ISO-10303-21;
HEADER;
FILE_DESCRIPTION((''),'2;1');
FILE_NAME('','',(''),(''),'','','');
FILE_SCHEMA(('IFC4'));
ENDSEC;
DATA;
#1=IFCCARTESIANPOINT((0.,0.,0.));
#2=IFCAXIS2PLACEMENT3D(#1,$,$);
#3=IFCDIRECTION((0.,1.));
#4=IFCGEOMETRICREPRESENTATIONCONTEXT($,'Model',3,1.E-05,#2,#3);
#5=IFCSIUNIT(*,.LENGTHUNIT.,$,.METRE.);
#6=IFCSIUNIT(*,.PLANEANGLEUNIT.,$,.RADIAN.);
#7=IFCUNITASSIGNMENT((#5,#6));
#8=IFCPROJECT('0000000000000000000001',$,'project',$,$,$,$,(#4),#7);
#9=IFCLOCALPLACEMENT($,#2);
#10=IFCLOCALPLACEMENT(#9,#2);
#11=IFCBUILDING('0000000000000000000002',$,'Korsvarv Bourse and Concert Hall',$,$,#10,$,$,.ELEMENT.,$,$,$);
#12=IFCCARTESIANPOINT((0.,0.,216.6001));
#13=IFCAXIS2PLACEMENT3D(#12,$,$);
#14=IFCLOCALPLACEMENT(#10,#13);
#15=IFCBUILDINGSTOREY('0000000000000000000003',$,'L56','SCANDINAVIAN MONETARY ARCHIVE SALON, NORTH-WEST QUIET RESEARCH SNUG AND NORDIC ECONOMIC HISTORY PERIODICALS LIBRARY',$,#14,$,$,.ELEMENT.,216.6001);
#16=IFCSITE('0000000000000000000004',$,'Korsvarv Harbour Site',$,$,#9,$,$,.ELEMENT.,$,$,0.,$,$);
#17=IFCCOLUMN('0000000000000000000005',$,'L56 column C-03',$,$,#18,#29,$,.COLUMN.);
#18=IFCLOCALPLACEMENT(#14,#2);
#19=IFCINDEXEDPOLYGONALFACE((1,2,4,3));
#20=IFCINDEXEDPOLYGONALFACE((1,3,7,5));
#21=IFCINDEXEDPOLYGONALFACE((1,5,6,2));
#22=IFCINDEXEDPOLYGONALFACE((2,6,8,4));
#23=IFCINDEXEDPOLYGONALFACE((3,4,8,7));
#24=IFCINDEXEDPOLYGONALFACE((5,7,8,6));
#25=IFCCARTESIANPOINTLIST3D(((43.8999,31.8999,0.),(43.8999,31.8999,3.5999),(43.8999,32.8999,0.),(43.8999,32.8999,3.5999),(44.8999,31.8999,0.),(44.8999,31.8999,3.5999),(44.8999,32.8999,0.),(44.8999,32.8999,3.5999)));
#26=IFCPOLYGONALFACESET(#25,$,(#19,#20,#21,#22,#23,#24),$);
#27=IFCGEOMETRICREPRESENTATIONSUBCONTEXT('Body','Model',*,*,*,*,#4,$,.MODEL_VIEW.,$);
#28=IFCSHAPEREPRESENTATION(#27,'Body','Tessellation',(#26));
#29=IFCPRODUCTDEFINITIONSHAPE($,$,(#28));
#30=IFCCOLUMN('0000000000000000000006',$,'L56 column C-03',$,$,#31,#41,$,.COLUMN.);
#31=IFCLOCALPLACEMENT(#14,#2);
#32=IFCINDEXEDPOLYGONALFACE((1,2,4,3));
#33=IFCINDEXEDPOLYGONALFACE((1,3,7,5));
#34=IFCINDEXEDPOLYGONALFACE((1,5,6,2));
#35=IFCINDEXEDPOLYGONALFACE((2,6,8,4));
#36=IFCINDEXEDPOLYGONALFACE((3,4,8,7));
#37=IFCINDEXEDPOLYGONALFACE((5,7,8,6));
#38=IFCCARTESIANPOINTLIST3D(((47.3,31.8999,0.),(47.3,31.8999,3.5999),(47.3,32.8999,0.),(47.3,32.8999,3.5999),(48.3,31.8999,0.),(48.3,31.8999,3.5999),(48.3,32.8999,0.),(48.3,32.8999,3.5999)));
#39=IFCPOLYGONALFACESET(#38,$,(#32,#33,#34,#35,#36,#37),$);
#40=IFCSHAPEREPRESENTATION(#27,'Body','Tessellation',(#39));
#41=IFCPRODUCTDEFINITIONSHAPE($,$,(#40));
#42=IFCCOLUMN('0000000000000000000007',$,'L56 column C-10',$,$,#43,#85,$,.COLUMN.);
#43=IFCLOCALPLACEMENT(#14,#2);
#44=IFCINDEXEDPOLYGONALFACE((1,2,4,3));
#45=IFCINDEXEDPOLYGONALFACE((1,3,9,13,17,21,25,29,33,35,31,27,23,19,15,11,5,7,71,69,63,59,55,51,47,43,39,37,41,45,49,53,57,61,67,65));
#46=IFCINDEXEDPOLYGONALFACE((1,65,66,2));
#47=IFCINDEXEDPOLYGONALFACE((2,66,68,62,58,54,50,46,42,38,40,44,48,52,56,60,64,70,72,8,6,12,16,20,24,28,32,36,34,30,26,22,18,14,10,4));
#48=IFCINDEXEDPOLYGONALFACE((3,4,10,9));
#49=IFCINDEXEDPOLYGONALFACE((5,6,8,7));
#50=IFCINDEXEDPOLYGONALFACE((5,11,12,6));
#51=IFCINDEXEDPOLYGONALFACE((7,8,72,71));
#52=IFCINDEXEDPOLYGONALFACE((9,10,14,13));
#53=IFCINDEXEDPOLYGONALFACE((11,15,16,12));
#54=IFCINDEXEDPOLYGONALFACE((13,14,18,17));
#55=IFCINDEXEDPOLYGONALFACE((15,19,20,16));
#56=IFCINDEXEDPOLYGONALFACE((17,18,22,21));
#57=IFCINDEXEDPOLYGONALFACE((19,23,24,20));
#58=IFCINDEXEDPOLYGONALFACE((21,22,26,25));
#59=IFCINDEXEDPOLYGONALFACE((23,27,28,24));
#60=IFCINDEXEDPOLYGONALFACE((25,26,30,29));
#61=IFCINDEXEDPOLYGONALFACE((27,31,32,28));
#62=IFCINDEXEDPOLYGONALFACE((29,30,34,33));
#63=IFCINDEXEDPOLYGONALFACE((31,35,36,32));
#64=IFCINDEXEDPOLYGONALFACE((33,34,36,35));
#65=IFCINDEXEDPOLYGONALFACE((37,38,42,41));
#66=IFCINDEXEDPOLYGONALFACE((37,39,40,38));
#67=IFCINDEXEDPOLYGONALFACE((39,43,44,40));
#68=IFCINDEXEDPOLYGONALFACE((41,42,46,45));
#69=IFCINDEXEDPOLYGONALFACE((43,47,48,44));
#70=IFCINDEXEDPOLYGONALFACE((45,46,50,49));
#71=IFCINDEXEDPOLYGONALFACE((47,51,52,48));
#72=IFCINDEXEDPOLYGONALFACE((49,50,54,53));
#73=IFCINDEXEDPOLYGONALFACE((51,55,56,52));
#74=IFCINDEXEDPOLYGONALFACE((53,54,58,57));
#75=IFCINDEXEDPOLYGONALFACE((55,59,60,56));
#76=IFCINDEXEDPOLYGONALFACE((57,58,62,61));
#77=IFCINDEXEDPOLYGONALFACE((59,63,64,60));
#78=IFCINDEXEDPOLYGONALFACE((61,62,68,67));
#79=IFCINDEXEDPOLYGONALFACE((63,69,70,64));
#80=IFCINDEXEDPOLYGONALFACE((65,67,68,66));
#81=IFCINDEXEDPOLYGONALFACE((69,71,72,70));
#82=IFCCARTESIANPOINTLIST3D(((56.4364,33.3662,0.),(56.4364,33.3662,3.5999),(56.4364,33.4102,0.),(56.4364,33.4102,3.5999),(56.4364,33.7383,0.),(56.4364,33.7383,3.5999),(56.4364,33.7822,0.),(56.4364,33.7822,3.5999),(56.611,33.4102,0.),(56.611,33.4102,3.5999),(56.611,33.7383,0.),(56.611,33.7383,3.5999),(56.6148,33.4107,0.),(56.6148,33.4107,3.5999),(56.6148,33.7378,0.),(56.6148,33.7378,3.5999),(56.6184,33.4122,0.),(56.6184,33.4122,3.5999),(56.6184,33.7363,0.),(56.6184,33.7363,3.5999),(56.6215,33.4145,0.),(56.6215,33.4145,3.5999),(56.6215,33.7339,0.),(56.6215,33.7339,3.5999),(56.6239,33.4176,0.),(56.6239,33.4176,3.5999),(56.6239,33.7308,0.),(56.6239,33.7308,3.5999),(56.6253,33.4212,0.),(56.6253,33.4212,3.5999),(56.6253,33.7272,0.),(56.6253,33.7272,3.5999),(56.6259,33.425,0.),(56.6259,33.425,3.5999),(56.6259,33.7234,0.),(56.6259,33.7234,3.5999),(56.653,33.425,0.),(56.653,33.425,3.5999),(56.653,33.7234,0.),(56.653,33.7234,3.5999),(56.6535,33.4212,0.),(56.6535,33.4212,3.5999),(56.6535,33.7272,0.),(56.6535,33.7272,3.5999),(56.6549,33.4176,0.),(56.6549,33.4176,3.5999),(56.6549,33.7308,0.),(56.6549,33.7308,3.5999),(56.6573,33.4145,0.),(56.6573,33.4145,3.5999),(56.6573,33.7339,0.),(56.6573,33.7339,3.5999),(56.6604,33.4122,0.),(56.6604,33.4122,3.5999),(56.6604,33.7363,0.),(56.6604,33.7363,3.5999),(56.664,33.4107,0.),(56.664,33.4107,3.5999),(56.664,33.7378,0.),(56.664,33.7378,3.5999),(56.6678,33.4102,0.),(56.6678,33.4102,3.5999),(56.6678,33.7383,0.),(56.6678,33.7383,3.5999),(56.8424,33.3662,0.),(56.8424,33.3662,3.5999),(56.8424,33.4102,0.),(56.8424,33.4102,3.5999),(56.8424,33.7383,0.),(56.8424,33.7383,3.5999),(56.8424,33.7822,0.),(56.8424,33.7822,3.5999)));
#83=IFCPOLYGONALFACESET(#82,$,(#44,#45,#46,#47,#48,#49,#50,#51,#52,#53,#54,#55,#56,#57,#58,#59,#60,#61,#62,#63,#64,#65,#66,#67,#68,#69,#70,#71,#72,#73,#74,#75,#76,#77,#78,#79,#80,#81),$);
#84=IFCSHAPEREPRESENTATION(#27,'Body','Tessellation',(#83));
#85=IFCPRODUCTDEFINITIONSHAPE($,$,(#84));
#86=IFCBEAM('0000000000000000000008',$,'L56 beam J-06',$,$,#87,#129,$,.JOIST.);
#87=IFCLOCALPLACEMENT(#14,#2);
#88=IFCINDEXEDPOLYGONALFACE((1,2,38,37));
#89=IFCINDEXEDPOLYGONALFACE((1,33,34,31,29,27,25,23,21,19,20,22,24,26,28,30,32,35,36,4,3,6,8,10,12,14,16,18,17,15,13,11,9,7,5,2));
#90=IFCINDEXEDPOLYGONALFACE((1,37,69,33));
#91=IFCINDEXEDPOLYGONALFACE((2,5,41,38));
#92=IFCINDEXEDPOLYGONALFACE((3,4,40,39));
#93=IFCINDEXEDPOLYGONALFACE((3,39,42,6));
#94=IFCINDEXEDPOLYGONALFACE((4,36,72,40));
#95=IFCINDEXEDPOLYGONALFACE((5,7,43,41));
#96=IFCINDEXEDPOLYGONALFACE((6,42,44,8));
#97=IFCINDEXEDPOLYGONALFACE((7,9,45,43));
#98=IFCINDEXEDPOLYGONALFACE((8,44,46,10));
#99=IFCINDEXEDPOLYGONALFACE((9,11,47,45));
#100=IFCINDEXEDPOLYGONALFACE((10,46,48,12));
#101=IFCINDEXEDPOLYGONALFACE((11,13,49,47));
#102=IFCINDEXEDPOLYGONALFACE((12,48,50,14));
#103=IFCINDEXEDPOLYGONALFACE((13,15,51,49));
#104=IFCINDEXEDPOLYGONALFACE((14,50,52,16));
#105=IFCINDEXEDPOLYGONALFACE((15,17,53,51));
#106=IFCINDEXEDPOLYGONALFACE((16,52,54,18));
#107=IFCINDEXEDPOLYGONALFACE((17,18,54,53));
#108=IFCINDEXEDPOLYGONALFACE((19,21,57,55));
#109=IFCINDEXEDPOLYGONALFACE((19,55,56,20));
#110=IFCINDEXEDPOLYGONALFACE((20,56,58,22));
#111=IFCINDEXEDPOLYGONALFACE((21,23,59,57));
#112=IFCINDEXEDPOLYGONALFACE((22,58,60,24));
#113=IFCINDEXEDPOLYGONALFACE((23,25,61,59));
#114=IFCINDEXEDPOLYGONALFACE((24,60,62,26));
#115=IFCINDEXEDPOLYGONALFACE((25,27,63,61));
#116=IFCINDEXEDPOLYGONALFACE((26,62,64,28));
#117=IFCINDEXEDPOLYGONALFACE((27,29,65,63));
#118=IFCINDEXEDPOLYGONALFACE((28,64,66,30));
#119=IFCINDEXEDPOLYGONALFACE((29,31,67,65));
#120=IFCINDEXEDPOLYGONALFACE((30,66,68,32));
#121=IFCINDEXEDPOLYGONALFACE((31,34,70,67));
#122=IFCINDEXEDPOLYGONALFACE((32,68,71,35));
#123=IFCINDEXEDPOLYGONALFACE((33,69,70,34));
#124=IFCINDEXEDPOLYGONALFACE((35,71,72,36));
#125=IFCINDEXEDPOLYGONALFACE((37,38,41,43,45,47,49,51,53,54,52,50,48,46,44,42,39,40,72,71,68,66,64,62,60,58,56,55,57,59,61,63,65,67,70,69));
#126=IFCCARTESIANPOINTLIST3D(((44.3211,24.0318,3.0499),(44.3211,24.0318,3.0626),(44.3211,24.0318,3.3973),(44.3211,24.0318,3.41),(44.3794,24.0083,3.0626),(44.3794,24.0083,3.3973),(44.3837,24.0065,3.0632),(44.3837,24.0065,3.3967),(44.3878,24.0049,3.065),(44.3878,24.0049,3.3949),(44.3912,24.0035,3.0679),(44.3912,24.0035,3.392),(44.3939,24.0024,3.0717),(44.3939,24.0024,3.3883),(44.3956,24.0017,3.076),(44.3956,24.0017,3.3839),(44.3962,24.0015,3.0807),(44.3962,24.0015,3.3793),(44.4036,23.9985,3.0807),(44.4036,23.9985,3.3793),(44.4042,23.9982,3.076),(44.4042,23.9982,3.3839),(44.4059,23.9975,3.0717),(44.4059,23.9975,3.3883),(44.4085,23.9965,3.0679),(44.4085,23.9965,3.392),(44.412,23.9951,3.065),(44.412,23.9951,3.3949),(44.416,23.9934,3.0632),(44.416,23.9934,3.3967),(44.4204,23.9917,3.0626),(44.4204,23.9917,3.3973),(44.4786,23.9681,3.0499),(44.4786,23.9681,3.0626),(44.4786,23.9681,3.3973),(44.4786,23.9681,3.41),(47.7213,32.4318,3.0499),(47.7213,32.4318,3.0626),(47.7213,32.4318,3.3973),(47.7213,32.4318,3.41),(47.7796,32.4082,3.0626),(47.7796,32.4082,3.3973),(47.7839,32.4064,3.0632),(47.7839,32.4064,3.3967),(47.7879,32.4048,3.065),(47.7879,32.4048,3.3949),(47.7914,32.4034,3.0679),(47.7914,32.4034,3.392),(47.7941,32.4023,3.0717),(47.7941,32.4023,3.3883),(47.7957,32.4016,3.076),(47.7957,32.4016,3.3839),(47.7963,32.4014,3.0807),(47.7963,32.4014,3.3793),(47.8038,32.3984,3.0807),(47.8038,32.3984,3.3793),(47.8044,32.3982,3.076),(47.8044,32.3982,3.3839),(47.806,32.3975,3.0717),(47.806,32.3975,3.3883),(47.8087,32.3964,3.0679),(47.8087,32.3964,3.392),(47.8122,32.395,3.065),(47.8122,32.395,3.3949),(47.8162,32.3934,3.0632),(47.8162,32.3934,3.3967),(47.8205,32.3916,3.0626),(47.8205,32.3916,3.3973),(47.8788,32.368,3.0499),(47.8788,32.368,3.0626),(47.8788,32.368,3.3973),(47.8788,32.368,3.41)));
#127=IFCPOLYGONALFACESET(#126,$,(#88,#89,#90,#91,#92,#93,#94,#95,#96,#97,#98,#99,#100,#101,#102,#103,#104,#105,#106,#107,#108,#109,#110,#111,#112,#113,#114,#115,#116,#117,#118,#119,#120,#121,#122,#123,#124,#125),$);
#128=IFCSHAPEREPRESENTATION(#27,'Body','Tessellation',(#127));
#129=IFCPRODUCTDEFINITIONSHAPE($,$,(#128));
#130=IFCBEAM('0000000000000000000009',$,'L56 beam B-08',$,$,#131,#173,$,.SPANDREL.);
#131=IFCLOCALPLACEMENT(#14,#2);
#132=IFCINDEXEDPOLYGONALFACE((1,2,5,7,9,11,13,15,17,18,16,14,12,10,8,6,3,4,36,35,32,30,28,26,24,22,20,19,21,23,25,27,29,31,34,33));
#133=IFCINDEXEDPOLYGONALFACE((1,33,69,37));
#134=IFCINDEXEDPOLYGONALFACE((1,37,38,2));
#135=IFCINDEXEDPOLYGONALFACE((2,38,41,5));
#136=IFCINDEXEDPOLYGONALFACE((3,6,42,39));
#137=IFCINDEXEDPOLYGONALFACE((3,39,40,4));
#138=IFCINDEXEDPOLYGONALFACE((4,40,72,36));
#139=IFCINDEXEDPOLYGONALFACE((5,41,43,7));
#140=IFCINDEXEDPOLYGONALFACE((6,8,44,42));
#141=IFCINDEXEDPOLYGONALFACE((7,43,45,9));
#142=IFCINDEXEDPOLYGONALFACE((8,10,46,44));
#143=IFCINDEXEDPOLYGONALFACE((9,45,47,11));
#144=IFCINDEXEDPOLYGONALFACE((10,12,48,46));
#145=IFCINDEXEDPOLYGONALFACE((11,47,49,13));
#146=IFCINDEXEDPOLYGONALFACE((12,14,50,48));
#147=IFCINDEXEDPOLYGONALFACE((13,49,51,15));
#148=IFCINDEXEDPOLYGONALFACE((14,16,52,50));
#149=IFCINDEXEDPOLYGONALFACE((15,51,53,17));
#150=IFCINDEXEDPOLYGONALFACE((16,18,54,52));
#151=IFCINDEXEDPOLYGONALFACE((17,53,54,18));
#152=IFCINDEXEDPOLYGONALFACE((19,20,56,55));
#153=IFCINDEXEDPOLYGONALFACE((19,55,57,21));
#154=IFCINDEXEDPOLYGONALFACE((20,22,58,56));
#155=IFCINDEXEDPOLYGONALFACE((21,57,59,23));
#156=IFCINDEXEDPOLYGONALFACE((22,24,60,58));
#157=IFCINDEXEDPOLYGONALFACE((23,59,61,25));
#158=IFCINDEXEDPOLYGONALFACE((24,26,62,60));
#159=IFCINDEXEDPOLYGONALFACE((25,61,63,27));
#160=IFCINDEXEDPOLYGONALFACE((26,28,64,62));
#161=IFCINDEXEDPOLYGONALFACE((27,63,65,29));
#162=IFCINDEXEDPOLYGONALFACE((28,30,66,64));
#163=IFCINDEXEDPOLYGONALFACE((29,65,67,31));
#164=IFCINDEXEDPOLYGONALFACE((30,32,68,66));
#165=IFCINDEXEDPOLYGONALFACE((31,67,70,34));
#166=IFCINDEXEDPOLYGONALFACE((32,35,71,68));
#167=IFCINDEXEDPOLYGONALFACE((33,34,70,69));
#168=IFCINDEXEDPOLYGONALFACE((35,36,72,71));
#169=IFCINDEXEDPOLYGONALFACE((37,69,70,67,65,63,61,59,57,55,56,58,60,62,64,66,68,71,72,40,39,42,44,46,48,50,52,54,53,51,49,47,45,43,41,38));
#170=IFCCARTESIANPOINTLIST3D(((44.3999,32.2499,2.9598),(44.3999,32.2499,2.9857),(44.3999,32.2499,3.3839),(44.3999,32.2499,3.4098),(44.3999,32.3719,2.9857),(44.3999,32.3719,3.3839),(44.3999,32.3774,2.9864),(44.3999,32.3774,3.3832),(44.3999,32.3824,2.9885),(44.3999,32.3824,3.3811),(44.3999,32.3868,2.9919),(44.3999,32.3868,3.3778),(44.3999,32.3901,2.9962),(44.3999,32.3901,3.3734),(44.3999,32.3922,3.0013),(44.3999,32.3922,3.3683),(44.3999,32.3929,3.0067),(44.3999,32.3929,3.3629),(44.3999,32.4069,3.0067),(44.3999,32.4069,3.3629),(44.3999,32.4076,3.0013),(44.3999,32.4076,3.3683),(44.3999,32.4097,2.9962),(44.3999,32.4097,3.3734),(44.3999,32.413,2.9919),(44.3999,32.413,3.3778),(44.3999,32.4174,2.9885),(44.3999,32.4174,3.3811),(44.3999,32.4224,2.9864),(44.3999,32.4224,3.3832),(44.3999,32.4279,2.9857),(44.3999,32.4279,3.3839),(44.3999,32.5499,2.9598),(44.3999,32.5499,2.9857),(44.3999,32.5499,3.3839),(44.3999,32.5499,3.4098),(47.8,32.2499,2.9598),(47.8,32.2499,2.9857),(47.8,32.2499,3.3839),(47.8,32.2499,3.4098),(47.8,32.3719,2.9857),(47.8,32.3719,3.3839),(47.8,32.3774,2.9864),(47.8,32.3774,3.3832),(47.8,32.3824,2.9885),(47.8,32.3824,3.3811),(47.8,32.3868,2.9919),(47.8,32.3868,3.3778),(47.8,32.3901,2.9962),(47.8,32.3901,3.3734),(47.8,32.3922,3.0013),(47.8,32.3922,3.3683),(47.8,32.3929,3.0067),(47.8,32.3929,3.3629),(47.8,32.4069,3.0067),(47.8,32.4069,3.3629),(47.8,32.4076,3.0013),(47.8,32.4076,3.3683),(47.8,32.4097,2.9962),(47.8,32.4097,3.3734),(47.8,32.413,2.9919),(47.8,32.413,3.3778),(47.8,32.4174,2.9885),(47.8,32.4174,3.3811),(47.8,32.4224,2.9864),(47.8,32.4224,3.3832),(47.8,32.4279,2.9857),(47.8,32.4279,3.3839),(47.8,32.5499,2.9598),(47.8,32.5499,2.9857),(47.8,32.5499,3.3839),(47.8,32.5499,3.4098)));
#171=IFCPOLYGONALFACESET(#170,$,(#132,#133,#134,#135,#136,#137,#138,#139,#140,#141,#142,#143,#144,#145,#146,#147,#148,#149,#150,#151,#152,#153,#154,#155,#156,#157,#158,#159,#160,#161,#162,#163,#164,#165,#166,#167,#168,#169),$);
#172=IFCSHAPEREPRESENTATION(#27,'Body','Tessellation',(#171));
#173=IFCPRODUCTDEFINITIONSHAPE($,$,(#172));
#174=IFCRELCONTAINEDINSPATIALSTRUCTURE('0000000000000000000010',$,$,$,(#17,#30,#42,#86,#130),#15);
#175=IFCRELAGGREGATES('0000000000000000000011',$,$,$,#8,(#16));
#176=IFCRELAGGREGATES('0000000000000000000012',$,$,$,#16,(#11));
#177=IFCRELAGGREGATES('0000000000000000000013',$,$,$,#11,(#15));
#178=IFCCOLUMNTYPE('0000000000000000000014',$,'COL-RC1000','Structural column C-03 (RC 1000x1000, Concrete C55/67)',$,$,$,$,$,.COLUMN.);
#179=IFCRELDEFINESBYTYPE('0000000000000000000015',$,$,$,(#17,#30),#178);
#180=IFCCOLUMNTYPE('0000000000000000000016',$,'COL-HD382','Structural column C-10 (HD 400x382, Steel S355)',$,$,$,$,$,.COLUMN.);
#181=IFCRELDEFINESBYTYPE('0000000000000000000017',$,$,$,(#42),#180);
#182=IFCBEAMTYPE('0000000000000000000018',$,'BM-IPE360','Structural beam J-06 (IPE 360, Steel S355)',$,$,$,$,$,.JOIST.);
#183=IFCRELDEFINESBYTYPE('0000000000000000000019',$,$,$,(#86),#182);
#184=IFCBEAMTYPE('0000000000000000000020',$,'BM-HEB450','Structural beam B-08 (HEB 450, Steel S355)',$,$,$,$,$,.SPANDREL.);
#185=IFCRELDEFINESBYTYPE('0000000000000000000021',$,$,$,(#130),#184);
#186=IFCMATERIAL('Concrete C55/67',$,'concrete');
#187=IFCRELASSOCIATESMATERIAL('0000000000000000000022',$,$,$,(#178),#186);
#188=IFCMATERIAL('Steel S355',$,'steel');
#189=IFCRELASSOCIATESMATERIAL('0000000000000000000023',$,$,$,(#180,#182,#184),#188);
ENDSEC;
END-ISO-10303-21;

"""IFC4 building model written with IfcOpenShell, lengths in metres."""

from ifc_helpers import new_model, si_unit, direction, frame, origin, origin_2d, place, context, subcontext, project, spatial, rectangle, i_section, extrude, source, transform, mapped, material, material_profile, profile_set, type_object, element, save


model = new_model("IFC4")

# Units and contexts
model_context = context("Model", 3, precision=1e-05, world=origin(), true_north=direction((0.0, 1.0)))
body_context = subcontext(model_context, "Body", "Model", "MODEL_VIEW")
ifc_project = project(units=[si_unit("LENGTHUNIT", "METRE"), si_unit("PLANEANGLEUNIT", "RADIAN")], contexts=[model_context])

# Site, building, storey
site_placement = place(None, origin())
site = spatial("IfcSite", under=ifc_project, at=site_placement, Name="Korsvarv Harbour Site", CompositionType="ELEMENT", RefElevation=0.0)
building_placement = place(site_placement, origin())
building = spatial("IfcBuilding", under=site, at=building_placement, Name="Korsvarv Bourse and Concert Hall", CompositionType="ELEMENT")
storey_placement = place(building_placement, frame((0.0, 0.0, 216.6001)))
storey = spatial("IfcBuildingStorey", under=building, at=storey_placement, Name="L56", Description="SCANDINAVIAN MONETARY ARCHIVE SALON, NORTH-WEST QUIET RESEARCH SNUG AND NORDIC ECONOMIC HISTORY PERIODICALS LIBRARY", CompositionType="ELEMENT", Elevation=216.6001)

# Columns
ifc_material_1 = material(Name="Concrete C55/67", Category="concrete")
ifc_material_profile_1 = material_profile(ifc_material_1, rectangle(XDim=1.0, YDim=1.0, at=origin_2d()), Name="RC 1000x1000")
ifc_profile_set_1 = profile_set([ifc_material_profile_1], Name="Concrete C55/67")
column_type_1 = type_object("IfcColumnType", Name="COL-RC1000", Description="Structural column C-03 (RC 1000x1000, Concrete C55/67)", PredefinedType="COLUMN", material=ifc_profile_set_1)
shared_shape_1 = source(origin(), body_context, "Body", "SweptSolid", [
    extrude(rectangle(XDim=1.0, YDim=1.0, at=origin_2d()), origin(), (0.0, 0.0, 1.0), 3.5999),
])
for number, where, z_axis, x_axis, name in (
    (1, (44.3999, 32.3999, 0.0), (0.0, 0.0, 1.0), (1.0, 0.0, 0.0), "L56 column C-03"),
    (2, (47.8, 32.3999, 0.0), (0.0, 0.0, 1.0), (1.0, 0.0, 0.0), "L56 column C-03"),
):
    element("IfcColumn", number, at=place(storey_placement, frame(where, z_axis=z_axis, x_axis=x_axis)), inside=storey, type_object=column_type_1, Name=name, PredefinedType="COLUMN", context=body_context, shape_type="MappedRepresentation", body=[
        mapped(shared_shape_1, transform((0.0, 0.0, 0.0), scale=1.0)),
    ])
ifc_material_2 = material(Name="Steel S355", Category="steel")
ifc_material_profile_2 = material_profile(ifc_material_2, i_section(OverallWidth=0.406, OverallDepth=0.416, WebThickness=0.0271, FlangeThickness=0.0439, FilletRadius=0.0149, at=origin_2d()), Name="HD 400x382")
ifc_profile_set_2 = profile_set([ifc_material_profile_2], Name="Steel S355")
column_type_2 = type_object("IfcColumnType", Name="COL-HD382", Description="Structural column C-10 (HD 400x382, Steel S355)", PredefinedType="COLUMN", material=ifc_profile_set_2)
shared_shape_2 = source(origin(), body_context, "Body", "SweptSolid", [
    extrude(i_section(OverallWidth=0.406, OverallDepth=0.416, WebThickness=0.0271, FlangeThickness=0.0439, FilletRadius=0.0149, at=origin_2d()), origin(), (0.0, 0.0, 1.0), 3.5999),
])
column_placement = place(storey_placement, frame((56.6394, 33.5742, 0.0), z_axis=(0.0, 0.0, 1.0), x_axis=(1.0, 0.0, 0.0)))
element("IfcColumn", 3, at=column_placement, inside=storey, type_object=column_type_2, Name="L56 column C-10", PredefinedType="COLUMN", context=body_context, shape_type="MappedRepresentation", body=[
    mapped(shared_shape_2, transform((0.0, 0.0, 0.0), scale=1.0)),
])

# Beams
ifc_material_profile_3 = material_profile(ifc_material_2, i_section(OverallWidth=0.1699, OverallDepth=0.3601, WebThickness=0.0081, FlangeThickness=0.0127, FilletRadius=0.0181, at=origin_2d()), Name="IPE 360")
ifc_profile_set_3 = profile_set([ifc_material_profile_3], Name="Steel S355")
beam_type_1 = type_object("IfcBeamType", Name="BM-IPE360", Description="Structural beam J-06 (IPE 360, Steel S355)", PredefinedType="JOIST", material=ifc_profile_set_3)
shared_shape_3 = source(origin(), body_context, "Body", "SweptSolid", [
    extrude(i_section(OverallWidth=0.1699, OverallDepth=0.3601, WebThickness=0.0081, FlangeThickness=0.0127, FilletRadius=0.0181, at=origin_2d()), origin(), (0.0, 0.0, 1.0), 9.062),
])
beam_1_placement = place(storey_placement, frame((47.8, 32.3999, 3.23), z_axis=(-0.37521, -0.92694, 0.0), x_axis=(0.92694, -0.37521, 0.0)))
element("IfcBeam", 4, at=beam_1_placement, inside=storey, type_object=beam_type_1, Name="L56 beam J-06", PredefinedType="JOIST", context=body_context, shape_type="MappedRepresentation", body=[
    mapped(shared_shape_3, transform((0.0, 0.0, 0.0), scale=1.0)),
])
ifc_material_profile_4 = material_profile(ifc_material_2, i_section(OverallWidth=0.3, OverallDepth=0.45, WebThickness=0.0139, FlangeThickness=0.0259, FilletRadius=0.021, at=origin_2d()), Name="HEB 450")
ifc_profile_set_4 = profile_set([ifc_material_profile_4], Name="Steel S355")
beam_type_2 = type_object("IfcBeamType", Name="BM-HEB450", Description="Structural beam B-08 (HEB 450, Steel S355)", PredefinedType="SPANDREL", material=ifc_profile_set_4)
shared_shape_4 = source(origin(), body_context, "Body", "SweptSolid", [
    extrude(i_section(OverallWidth=0.3, OverallDepth=0.45, WebThickness=0.0139, FlangeThickness=0.0259, FilletRadius=0.021, at=origin_2d()), origin(), (0.0, 0.0, 1.0), 3.4001),
])
beam_2_placement = place(storey_placement, frame((44.3999, 32.3999, 3.1848), z_axis=(1.0, 0.0, 0.0), x_axis=(0.0, 1.0, 0.0)))
element("IfcBeam", 5, at=beam_2_placement, inside=storey, type_object=beam_type_2, Name="L56 beam B-08", PredefinedType="SPANDREL", context=body_context, shape_type="MappedRepresentation", body=[
    mapped(shared_shape_4, transform((0.0, 0.0, 0.0), scale=1.0)),
])

save(model, "model.ifc")
